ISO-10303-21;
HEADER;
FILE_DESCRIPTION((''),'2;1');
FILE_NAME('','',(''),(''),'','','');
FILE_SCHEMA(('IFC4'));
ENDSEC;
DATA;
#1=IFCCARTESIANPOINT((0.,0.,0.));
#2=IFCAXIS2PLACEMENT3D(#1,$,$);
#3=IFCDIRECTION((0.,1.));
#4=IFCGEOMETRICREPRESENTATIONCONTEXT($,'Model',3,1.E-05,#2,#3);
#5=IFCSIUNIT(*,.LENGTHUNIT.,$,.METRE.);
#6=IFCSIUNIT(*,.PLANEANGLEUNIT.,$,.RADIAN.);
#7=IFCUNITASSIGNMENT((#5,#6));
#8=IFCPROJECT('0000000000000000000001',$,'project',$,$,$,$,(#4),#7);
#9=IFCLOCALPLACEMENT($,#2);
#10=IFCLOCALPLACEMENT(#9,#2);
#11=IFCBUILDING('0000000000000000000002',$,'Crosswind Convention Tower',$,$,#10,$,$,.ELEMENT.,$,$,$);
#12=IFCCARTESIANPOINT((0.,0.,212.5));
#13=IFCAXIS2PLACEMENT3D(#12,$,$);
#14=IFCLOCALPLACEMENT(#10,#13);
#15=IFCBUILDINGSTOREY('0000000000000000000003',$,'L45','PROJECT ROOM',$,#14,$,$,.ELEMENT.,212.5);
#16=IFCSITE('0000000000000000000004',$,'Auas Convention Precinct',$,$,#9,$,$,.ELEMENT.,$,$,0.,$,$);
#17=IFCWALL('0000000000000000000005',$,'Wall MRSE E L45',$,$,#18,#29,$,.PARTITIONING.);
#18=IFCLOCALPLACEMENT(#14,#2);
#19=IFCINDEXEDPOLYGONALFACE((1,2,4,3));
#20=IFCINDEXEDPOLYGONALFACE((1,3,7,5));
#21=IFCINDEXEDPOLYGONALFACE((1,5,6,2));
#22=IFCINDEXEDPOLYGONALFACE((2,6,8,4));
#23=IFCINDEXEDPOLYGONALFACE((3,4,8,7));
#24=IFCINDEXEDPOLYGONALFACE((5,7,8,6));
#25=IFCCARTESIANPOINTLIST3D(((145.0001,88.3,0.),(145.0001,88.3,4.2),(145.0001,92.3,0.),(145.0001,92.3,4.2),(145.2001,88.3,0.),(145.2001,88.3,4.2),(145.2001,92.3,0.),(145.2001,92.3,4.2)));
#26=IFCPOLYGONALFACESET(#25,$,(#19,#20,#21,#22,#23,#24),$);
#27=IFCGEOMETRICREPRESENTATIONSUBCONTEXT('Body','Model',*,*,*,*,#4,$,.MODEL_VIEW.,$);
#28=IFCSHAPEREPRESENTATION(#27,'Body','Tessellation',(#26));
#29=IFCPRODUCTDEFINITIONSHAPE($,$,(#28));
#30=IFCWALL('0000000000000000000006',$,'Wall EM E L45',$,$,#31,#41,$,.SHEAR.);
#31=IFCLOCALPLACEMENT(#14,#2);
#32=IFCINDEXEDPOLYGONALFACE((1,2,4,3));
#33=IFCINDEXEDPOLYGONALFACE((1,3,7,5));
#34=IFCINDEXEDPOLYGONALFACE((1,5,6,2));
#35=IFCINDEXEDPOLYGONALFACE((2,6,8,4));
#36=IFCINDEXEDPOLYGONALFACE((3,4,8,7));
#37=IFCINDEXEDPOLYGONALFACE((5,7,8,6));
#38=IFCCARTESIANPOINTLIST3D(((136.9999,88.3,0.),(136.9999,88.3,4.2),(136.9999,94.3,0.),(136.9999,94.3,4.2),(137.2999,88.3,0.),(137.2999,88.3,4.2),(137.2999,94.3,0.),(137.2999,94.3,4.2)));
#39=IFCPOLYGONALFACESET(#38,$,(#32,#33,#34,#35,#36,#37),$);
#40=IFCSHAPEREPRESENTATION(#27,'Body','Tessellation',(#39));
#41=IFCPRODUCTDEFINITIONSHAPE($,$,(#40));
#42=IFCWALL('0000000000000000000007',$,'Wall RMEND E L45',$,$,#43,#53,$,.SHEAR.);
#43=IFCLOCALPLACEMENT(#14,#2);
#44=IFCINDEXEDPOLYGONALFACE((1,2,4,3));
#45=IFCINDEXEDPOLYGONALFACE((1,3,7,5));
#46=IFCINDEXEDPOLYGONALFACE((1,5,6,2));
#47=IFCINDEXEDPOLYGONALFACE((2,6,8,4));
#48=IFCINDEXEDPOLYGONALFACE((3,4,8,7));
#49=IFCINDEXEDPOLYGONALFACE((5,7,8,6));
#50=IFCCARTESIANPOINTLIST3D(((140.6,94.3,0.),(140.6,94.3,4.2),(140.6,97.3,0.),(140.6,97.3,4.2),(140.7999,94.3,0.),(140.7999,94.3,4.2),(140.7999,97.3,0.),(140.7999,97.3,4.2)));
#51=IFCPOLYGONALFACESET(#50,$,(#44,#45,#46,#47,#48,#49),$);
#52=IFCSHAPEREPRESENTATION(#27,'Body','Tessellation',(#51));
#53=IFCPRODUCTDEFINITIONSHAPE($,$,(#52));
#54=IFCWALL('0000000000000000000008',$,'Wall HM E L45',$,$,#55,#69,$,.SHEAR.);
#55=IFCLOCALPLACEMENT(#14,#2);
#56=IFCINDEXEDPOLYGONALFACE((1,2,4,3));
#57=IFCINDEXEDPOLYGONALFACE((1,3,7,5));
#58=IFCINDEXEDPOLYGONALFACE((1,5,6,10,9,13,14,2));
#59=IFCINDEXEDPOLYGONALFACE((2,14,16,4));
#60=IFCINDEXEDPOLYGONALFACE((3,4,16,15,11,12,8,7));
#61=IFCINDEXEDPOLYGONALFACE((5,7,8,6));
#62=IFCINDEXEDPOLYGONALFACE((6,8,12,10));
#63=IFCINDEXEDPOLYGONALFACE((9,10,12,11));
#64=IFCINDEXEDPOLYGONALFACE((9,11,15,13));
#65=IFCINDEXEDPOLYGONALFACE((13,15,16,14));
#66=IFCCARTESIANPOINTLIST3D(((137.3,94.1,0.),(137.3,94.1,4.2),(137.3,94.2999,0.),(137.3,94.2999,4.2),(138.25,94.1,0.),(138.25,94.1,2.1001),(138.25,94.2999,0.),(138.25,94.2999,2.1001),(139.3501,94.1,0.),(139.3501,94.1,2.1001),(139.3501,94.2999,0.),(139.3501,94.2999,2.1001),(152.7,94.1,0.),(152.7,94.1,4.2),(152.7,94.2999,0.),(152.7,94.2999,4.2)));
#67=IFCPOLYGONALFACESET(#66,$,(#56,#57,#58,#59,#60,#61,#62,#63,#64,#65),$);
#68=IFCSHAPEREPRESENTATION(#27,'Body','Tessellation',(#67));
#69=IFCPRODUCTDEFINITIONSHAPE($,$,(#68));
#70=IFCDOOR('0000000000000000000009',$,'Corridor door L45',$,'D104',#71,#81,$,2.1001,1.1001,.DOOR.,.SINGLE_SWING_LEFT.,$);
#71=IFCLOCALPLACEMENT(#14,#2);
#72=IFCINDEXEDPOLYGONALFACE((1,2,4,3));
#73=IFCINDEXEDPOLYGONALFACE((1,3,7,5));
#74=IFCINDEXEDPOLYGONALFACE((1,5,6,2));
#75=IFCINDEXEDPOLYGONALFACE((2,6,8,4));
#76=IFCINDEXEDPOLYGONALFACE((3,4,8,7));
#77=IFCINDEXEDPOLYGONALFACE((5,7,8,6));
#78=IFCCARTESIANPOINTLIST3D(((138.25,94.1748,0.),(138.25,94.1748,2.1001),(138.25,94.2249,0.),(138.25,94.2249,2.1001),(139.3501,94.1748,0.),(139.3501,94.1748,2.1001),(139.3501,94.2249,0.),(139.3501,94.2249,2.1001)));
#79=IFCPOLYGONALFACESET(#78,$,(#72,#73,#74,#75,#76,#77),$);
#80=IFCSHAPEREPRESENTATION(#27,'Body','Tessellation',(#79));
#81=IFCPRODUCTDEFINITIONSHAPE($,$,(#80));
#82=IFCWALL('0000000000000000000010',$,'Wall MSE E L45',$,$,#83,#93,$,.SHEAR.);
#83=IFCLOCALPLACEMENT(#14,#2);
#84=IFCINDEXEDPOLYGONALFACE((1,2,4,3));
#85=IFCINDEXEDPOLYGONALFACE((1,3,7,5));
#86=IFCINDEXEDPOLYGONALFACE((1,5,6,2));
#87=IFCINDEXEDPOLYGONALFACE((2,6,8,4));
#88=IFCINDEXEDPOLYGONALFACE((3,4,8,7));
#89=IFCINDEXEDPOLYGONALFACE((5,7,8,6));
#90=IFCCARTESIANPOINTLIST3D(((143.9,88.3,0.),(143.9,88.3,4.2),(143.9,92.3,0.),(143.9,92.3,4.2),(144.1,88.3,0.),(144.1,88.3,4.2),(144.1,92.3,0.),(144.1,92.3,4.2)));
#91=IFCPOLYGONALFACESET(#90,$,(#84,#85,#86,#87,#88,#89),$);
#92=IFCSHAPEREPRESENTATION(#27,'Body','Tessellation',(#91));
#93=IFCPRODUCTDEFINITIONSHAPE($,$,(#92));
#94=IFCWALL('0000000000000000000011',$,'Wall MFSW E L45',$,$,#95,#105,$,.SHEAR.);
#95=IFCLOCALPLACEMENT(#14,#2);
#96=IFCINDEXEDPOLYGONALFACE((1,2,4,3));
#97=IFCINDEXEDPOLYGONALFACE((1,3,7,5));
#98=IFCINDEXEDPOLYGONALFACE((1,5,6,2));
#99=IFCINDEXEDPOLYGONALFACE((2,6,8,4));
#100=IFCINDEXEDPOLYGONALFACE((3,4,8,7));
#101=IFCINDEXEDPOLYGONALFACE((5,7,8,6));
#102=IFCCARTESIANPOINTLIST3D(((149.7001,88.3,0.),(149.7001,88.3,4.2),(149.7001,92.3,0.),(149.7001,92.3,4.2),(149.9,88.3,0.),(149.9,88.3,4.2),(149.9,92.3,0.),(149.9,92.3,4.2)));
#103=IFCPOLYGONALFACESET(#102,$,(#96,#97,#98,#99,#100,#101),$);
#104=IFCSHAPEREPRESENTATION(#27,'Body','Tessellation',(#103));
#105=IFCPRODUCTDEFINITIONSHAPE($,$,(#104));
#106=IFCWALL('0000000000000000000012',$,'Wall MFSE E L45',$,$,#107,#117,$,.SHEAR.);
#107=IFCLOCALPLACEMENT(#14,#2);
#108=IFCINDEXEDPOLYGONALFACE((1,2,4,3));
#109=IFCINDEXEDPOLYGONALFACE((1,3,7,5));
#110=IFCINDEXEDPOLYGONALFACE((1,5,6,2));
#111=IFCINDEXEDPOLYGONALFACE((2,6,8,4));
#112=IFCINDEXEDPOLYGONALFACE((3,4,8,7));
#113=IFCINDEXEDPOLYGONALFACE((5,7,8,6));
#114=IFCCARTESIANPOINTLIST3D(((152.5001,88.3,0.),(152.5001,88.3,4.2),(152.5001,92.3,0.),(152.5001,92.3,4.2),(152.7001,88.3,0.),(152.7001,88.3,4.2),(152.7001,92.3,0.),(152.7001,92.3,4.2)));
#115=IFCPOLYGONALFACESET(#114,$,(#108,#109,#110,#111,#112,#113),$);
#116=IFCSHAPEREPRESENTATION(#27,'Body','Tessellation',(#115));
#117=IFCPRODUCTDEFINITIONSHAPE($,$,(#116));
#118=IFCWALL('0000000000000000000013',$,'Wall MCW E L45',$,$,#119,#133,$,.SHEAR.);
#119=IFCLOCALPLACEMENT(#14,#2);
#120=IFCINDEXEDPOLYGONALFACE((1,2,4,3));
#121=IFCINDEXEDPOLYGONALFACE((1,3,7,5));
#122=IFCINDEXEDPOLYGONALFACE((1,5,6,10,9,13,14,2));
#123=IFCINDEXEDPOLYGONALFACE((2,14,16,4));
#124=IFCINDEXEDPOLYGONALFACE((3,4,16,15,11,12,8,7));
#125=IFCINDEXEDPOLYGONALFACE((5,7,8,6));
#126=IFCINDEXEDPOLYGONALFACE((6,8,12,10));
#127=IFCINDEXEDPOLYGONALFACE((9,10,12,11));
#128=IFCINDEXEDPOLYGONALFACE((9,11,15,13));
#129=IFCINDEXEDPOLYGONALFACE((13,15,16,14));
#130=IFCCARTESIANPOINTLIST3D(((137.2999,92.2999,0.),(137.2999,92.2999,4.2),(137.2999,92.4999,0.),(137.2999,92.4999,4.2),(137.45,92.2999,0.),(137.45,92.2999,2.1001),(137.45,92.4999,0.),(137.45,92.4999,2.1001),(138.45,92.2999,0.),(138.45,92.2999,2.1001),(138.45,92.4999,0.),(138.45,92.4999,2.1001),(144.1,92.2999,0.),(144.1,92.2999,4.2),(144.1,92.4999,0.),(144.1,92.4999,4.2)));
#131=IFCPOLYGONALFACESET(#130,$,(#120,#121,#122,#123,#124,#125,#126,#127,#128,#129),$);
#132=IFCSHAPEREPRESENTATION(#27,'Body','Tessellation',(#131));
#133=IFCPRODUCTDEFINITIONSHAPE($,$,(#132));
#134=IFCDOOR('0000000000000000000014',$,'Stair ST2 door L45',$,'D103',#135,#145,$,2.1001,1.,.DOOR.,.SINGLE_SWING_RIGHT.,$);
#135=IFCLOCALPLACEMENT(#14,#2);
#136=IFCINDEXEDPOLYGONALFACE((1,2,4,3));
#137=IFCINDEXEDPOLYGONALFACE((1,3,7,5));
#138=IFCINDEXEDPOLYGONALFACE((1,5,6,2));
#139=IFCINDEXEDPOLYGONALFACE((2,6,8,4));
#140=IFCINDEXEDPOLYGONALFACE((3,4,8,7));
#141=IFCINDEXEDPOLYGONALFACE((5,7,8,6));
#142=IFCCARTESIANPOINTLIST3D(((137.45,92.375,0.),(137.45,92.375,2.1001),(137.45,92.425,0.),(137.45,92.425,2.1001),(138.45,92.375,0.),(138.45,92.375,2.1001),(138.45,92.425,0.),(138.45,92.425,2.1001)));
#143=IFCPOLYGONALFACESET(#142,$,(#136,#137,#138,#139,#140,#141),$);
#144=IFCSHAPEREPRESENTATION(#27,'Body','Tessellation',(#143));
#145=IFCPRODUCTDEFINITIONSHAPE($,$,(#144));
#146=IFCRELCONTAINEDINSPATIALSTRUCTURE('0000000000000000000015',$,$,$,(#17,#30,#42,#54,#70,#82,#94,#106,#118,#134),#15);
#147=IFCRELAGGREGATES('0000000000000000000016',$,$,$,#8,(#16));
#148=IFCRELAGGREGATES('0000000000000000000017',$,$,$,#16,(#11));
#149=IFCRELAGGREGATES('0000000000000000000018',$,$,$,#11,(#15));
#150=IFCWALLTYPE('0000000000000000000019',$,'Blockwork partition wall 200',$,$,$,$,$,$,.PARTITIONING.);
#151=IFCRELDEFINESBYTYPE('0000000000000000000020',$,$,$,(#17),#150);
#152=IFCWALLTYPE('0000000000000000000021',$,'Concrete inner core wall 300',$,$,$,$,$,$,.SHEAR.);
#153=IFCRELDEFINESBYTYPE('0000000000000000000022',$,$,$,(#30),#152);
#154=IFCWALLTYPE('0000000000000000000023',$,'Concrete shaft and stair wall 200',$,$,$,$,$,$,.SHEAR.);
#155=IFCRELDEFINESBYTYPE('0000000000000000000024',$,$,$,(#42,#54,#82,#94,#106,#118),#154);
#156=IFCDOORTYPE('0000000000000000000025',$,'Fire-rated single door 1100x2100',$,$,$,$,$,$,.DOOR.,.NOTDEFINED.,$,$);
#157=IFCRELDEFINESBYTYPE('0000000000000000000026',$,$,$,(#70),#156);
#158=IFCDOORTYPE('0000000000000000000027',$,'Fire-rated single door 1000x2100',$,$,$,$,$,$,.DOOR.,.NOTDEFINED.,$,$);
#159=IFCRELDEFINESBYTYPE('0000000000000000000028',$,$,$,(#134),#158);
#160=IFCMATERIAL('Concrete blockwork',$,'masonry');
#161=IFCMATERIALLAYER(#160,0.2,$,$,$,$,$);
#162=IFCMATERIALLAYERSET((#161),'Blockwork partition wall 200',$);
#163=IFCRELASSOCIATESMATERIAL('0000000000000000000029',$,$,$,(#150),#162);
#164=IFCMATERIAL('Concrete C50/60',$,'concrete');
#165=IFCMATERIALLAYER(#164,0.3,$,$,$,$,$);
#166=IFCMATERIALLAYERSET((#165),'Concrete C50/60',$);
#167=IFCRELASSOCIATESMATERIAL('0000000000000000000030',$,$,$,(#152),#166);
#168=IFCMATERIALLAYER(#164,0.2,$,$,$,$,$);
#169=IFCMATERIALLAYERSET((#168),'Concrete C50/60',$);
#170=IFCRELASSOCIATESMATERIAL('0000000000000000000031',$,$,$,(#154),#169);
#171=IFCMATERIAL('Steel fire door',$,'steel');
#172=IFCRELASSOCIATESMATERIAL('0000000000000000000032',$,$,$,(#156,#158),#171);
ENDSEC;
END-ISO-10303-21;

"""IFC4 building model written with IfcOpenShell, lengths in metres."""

from ifc_helpers import new_model, si_unit, direction, frame, frame_2d, origin, place, context, subcontext, project, spatial, rectangle, extrude, material, layer, layer_set, type_object, element, fill, save


model = new_model("IFC4")

# Units and contexts
model_context = context("Model", 3, precision=1e-05, world=origin(), true_north=direction((0.0, 1.0)))
body_context = subcontext(model_context, "Body", "Model", "MODEL_VIEW")
ifc_project = project(units=[si_unit("LENGTHUNIT", "METRE"), si_unit("PLANEANGLEUNIT", "RADIAN")], contexts=[model_context])

# Site, building, storey
site_placement = place(None, origin())
site = spatial("IfcSite", under=ifc_project, at=site_placement, Name="Auas Convention Precinct", CompositionType="ELEMENT", RefElevation=0.0)
building_placement = place(site_placement, origin())
building = spatial("IfcBuilding", under=site, at=building_placement, Name="Crosswind Convention Tower", CompositionType="ELEMENT")
storey_placement = place(building_placement, frame((0.0, 0.0, 212.5)))
storey = spatial("IfcBuildingStorey", under=building, at=storey_placement, Name="L45", Description="PROJECT ROOM", CompositionType="ELEMENT", Elevation=212.5)

# Wall
ifc_material_1 = material(Name="Concrete blockwork", Category="masonry")
ifc_layer_1 = layer(ifc_material_1, 0.2)
ifc_layer_set_1 = layer_set([ifc_layer_1], Name="Blockwork partition wall 200")
wall_type_1 = type_object("IfcWallType", Name="Blockwork partition wall 200", PredefinedType="PARTITIONING", material=ifc_layer_set_1)
wall_1_placement = place(storey_placement, frame((145.1001, 88.3, 0.0), z_axis=(0.0, 0.0, 1.0), x_axis=(0.0, 1.0, 0.0)))
element("IfcWall", 1, at=wall_1_placement, inside=storey, type_object=wall_type_1, Name="Wall MRSE E L45", PredefinedType="PARTITIONING", context=body_context, shape_type="SweptSolid", body=[
    extrude(rectangle(XDim=4.0, YDim=0.2, at=frame_2d((2.0, 0.0))), origin(), (0.0, 0.0, 1.0), 4.2),
])

# Shared definitions
ifc_material_2 = material(Name="Concrete C50/60", Category="concrete")
ifc_layer_2 = layer(ifc_material_2, 0.3)
ifc_layer_set_2 = layer_set([ifc_layer_2], Name="Concrete C50/60")
wall_type_2 = type_object("IfcWallType", Name="Concrete inner core wall 300", PredefinedType="SHEAR", material=ifc_layer_set_2)

# Walls
wall_2_placement = place(storey_placement, frame((137.1499, 88.3, 0.0), z_axis=(0.0, 0.0, 1.0), x_axis=(0.0, 1.0, 0.0)))
element("IfcWall", 2, at=wall_2_placement, inside=storey, type_object=wall_type_2, Name="Wall EM E L45", PredefinedType="SHEAR", context=body_context, shape_type="SweptSolid", body=[
    extrude(rectangle(XDim=6.0, YDim=0.3, at=frame_2d((3.0, 0.0))), origin(), (0.0, 0.0, 1.0), 4.2),
])
ifc_layer_3 = layer(ifc_material_2, 0.2)
ifc_layer_set_3 = layer_set([ifc_layer_3], Name="Concrete C50/60")
wall_type_3 = type_object("IfcWallType", Name="Concrete shaft and stair wall 200", PredefinedType="SHEAR", material=ifc_layer_set_3)
wall_3_placement = place(storey_placement, frame((140.7, 94.3, 0.0), z_axis=(0.0, 0.0, 1.0), x_axis=(0.0, 1.0, 0.0)))
element("IfcWall", 3, at=wall_3_placement, inside=storey, type_object=wall_type_3, Name="Wall RMEND E L45", PredefinedType="SHEAR", context=body_context, shape_type="SweptSolid", body=[
    extrude(rectangle(XDim=3.0, YDim=0.2, at=frame_2d((1.5, 0.0))), origin(), (0.0, 0.0, 1.0), 4.2),
])

# Wall, opening, door
wall_4_placement = place(storey_placement, frame((137.3, 94.2, 0.0), z_axis=(0.0, 0.0, 1.0), x_axis=(1.0, 0.0, 0.0)))
wall_4 = element("IfcWall", 4, at=wall_4_placement, inside=storey, type_object=wall_type_3, Name="Wall HM E L45", PredefinedType="SHEAR", context=body_context, shape_type="SweptSolid", body=[
    extrude(rectangle(XDim=15.3999, YDim=0.2, at=frame_2d((7.7, 0.0))), origin(), (0.0, 0.0, 1.0), 4.2),
])
opening_1_placement = place(wall_4_placement, frame((0.95, 0.0, 0.0)))
opening_1 = element("IfcOpeningElement", 5, at=opening_1_placement, cuts=wall_4, PredefinedType="OPENING", context=body_context, shape_type="SweptSolid", body=[
    extrude(rectangle(XDim=1.1001, YDim=2.1001, at=frame_2d((0.55, 1.05))), frame((0.0, 0.1099, 0.0), z_axis=(0.0, -1.0, 0.0), x_axis=(1.0, 0.0, 0.0)), (0.0, 0.0, 1.0), 0.22),
])
ifc_material_3 = material(Name="Steel fire door", Category="steel")
door_type_1 = type_object("IfcDoorType", Name="Fire-rated single door 1100x2100", OperationType="NOTDEFINED", PredefinedType="DOOR", material=ifc_material_3)
door_1_placement = place(opening_1_placement, origin())
door_1 = element("IfcDoor", 6, at=door_1_placement, inside=storey, type_object=door_type_1, Name="Corridor door L45", ObjectType="D104", OperationType="SINGLE_SWING_LEFT", OverallHeight=2.1001, OverallWidth=1.1001, PredefinedType="DOOR", context=body_context, shape_type="SweptSolid", body=[
    extrude(rectangle(XDim=1.1001, YDim=2.1001, at=frame_2d((0.55, 1.05))), frame((0.0, 0.0249, 0.0), z_axis=(0.0, -1.0, 0.0), x_axis=(1.0, 0.0, 0.0)), (0.0, 0.0, 1.0), 0.05),
])
fill(opening_1, door_1)

# Walls
for number, where, z_axis, x_axis, name in (
    (7, (144.0, 88.3, 0.0), (0.0, 0.0, 1.0), (0.0, 1.0, 0.0), "Wall MSE E L45"),
    (8, (149.8, 88.3, 0.0), (0.0, 0.0, 1.0), (0.0, 1.0, 0.0), "Wall MFSW E L45"),
    (9, (152.6001, 88.3, 0.0), (0.0, 0.0, 1.0), (0.0, 1.0, 0.0), "Wall MFSE E L45"),
):
    element("IfcWall", number, at=place(storey_placement, frame(where, z_axis=z_axis, x_axis=x_axis)), inside=storey, type_object=wall_type_3, Name=name, PredefinedType="SHEAR", context=body_context, shape_type="SweptSolid", body=[
        extrude(rectangle(XDim=4.0, YDim=0.2, at=frame_2d((2.0, 0.0))), origin(), (0.0, 0.0, 1.0), 4.2),
    ])

# Wall, opening, door
wall_5_placement = place(storey_placement, frame((137.3, 92.3999, 0.0), z_axis=(0.0, 0.0, 1.0), x_axis=(1.0, 0.0, 0.0)))
wall_5 = element("IfcWall", 10, at=wall_5_placement, inside=storey, type_object=wall_type_3, Name="Wall MCW E L45", PredefinedType="SHEAR", context=body_context, shape_type="SweptSolid", body=[
    extrude(rectangle(XDim=6.8, YDim=0.2, at=frame_2d((3.3999, 0.0))), origin(), (0.0, 0.0, 1.0), 4.2),
])
opening_2_placement = place(wall_5_placement, frame((0.1499, 0.0, 0.0)))
opening_2 = element("IfcOpeningElement", 11, at=opening_2_placement, cuts=wall_5, PredefinedType="OPENING", context=body_context, shape_type="SweptSolid", body=[
    extrude(rectangle(XDim=1.0, YDim=2.1001, at=frame_2d((0.5, 1.05))), frame((0.0, 0.1099, 0.0), z_axis=(0.0, -1.0, 0.0), x_axis=(1.0, 0.0, 0.0)), (0.0, 0.0, 1.0), 0.22),
])
door_type_2 = type_object("IfcDoorType", Name="Fire-rated single door 1000x2100", OperationType="NOTDEFINED", PredefinedType="DOOR", material=ifc_material_3)
door_2_placement = place(opening_2_placement, frame((1.0, 0.0, 0.0), z_axis=(0.0, 0.0, 1.0), x_axis=(-1.0, 0.0, 0.0)))
door_2 = element("IfcDoor", 12, at=door_2_placement, inside=storey, type_object=door_type_2, Name="Stair ST2 door L45", ObjectType="D103", OperationType="SINGLE_SWING_RIGHT", OverallHeight=2.1001, OverallWidth=1.0, PredefinedType="DOOR", context=body_context, shape_type="SweptSolid", body=[
    extrude(rectangle(XDim=1.0, YDim=2.1001, at=frame_2d((0.5, 1.05))), frame((0.0, 0.0249, 0.0), z_axis=(0.0, -1.0, 0.0), x_axis=(1.0, 0.0, 0.0)), (0.0, 0.0, 1.0), 0.05),
])
fill(opening_2, door_2)

save(model, "model.ifc")
